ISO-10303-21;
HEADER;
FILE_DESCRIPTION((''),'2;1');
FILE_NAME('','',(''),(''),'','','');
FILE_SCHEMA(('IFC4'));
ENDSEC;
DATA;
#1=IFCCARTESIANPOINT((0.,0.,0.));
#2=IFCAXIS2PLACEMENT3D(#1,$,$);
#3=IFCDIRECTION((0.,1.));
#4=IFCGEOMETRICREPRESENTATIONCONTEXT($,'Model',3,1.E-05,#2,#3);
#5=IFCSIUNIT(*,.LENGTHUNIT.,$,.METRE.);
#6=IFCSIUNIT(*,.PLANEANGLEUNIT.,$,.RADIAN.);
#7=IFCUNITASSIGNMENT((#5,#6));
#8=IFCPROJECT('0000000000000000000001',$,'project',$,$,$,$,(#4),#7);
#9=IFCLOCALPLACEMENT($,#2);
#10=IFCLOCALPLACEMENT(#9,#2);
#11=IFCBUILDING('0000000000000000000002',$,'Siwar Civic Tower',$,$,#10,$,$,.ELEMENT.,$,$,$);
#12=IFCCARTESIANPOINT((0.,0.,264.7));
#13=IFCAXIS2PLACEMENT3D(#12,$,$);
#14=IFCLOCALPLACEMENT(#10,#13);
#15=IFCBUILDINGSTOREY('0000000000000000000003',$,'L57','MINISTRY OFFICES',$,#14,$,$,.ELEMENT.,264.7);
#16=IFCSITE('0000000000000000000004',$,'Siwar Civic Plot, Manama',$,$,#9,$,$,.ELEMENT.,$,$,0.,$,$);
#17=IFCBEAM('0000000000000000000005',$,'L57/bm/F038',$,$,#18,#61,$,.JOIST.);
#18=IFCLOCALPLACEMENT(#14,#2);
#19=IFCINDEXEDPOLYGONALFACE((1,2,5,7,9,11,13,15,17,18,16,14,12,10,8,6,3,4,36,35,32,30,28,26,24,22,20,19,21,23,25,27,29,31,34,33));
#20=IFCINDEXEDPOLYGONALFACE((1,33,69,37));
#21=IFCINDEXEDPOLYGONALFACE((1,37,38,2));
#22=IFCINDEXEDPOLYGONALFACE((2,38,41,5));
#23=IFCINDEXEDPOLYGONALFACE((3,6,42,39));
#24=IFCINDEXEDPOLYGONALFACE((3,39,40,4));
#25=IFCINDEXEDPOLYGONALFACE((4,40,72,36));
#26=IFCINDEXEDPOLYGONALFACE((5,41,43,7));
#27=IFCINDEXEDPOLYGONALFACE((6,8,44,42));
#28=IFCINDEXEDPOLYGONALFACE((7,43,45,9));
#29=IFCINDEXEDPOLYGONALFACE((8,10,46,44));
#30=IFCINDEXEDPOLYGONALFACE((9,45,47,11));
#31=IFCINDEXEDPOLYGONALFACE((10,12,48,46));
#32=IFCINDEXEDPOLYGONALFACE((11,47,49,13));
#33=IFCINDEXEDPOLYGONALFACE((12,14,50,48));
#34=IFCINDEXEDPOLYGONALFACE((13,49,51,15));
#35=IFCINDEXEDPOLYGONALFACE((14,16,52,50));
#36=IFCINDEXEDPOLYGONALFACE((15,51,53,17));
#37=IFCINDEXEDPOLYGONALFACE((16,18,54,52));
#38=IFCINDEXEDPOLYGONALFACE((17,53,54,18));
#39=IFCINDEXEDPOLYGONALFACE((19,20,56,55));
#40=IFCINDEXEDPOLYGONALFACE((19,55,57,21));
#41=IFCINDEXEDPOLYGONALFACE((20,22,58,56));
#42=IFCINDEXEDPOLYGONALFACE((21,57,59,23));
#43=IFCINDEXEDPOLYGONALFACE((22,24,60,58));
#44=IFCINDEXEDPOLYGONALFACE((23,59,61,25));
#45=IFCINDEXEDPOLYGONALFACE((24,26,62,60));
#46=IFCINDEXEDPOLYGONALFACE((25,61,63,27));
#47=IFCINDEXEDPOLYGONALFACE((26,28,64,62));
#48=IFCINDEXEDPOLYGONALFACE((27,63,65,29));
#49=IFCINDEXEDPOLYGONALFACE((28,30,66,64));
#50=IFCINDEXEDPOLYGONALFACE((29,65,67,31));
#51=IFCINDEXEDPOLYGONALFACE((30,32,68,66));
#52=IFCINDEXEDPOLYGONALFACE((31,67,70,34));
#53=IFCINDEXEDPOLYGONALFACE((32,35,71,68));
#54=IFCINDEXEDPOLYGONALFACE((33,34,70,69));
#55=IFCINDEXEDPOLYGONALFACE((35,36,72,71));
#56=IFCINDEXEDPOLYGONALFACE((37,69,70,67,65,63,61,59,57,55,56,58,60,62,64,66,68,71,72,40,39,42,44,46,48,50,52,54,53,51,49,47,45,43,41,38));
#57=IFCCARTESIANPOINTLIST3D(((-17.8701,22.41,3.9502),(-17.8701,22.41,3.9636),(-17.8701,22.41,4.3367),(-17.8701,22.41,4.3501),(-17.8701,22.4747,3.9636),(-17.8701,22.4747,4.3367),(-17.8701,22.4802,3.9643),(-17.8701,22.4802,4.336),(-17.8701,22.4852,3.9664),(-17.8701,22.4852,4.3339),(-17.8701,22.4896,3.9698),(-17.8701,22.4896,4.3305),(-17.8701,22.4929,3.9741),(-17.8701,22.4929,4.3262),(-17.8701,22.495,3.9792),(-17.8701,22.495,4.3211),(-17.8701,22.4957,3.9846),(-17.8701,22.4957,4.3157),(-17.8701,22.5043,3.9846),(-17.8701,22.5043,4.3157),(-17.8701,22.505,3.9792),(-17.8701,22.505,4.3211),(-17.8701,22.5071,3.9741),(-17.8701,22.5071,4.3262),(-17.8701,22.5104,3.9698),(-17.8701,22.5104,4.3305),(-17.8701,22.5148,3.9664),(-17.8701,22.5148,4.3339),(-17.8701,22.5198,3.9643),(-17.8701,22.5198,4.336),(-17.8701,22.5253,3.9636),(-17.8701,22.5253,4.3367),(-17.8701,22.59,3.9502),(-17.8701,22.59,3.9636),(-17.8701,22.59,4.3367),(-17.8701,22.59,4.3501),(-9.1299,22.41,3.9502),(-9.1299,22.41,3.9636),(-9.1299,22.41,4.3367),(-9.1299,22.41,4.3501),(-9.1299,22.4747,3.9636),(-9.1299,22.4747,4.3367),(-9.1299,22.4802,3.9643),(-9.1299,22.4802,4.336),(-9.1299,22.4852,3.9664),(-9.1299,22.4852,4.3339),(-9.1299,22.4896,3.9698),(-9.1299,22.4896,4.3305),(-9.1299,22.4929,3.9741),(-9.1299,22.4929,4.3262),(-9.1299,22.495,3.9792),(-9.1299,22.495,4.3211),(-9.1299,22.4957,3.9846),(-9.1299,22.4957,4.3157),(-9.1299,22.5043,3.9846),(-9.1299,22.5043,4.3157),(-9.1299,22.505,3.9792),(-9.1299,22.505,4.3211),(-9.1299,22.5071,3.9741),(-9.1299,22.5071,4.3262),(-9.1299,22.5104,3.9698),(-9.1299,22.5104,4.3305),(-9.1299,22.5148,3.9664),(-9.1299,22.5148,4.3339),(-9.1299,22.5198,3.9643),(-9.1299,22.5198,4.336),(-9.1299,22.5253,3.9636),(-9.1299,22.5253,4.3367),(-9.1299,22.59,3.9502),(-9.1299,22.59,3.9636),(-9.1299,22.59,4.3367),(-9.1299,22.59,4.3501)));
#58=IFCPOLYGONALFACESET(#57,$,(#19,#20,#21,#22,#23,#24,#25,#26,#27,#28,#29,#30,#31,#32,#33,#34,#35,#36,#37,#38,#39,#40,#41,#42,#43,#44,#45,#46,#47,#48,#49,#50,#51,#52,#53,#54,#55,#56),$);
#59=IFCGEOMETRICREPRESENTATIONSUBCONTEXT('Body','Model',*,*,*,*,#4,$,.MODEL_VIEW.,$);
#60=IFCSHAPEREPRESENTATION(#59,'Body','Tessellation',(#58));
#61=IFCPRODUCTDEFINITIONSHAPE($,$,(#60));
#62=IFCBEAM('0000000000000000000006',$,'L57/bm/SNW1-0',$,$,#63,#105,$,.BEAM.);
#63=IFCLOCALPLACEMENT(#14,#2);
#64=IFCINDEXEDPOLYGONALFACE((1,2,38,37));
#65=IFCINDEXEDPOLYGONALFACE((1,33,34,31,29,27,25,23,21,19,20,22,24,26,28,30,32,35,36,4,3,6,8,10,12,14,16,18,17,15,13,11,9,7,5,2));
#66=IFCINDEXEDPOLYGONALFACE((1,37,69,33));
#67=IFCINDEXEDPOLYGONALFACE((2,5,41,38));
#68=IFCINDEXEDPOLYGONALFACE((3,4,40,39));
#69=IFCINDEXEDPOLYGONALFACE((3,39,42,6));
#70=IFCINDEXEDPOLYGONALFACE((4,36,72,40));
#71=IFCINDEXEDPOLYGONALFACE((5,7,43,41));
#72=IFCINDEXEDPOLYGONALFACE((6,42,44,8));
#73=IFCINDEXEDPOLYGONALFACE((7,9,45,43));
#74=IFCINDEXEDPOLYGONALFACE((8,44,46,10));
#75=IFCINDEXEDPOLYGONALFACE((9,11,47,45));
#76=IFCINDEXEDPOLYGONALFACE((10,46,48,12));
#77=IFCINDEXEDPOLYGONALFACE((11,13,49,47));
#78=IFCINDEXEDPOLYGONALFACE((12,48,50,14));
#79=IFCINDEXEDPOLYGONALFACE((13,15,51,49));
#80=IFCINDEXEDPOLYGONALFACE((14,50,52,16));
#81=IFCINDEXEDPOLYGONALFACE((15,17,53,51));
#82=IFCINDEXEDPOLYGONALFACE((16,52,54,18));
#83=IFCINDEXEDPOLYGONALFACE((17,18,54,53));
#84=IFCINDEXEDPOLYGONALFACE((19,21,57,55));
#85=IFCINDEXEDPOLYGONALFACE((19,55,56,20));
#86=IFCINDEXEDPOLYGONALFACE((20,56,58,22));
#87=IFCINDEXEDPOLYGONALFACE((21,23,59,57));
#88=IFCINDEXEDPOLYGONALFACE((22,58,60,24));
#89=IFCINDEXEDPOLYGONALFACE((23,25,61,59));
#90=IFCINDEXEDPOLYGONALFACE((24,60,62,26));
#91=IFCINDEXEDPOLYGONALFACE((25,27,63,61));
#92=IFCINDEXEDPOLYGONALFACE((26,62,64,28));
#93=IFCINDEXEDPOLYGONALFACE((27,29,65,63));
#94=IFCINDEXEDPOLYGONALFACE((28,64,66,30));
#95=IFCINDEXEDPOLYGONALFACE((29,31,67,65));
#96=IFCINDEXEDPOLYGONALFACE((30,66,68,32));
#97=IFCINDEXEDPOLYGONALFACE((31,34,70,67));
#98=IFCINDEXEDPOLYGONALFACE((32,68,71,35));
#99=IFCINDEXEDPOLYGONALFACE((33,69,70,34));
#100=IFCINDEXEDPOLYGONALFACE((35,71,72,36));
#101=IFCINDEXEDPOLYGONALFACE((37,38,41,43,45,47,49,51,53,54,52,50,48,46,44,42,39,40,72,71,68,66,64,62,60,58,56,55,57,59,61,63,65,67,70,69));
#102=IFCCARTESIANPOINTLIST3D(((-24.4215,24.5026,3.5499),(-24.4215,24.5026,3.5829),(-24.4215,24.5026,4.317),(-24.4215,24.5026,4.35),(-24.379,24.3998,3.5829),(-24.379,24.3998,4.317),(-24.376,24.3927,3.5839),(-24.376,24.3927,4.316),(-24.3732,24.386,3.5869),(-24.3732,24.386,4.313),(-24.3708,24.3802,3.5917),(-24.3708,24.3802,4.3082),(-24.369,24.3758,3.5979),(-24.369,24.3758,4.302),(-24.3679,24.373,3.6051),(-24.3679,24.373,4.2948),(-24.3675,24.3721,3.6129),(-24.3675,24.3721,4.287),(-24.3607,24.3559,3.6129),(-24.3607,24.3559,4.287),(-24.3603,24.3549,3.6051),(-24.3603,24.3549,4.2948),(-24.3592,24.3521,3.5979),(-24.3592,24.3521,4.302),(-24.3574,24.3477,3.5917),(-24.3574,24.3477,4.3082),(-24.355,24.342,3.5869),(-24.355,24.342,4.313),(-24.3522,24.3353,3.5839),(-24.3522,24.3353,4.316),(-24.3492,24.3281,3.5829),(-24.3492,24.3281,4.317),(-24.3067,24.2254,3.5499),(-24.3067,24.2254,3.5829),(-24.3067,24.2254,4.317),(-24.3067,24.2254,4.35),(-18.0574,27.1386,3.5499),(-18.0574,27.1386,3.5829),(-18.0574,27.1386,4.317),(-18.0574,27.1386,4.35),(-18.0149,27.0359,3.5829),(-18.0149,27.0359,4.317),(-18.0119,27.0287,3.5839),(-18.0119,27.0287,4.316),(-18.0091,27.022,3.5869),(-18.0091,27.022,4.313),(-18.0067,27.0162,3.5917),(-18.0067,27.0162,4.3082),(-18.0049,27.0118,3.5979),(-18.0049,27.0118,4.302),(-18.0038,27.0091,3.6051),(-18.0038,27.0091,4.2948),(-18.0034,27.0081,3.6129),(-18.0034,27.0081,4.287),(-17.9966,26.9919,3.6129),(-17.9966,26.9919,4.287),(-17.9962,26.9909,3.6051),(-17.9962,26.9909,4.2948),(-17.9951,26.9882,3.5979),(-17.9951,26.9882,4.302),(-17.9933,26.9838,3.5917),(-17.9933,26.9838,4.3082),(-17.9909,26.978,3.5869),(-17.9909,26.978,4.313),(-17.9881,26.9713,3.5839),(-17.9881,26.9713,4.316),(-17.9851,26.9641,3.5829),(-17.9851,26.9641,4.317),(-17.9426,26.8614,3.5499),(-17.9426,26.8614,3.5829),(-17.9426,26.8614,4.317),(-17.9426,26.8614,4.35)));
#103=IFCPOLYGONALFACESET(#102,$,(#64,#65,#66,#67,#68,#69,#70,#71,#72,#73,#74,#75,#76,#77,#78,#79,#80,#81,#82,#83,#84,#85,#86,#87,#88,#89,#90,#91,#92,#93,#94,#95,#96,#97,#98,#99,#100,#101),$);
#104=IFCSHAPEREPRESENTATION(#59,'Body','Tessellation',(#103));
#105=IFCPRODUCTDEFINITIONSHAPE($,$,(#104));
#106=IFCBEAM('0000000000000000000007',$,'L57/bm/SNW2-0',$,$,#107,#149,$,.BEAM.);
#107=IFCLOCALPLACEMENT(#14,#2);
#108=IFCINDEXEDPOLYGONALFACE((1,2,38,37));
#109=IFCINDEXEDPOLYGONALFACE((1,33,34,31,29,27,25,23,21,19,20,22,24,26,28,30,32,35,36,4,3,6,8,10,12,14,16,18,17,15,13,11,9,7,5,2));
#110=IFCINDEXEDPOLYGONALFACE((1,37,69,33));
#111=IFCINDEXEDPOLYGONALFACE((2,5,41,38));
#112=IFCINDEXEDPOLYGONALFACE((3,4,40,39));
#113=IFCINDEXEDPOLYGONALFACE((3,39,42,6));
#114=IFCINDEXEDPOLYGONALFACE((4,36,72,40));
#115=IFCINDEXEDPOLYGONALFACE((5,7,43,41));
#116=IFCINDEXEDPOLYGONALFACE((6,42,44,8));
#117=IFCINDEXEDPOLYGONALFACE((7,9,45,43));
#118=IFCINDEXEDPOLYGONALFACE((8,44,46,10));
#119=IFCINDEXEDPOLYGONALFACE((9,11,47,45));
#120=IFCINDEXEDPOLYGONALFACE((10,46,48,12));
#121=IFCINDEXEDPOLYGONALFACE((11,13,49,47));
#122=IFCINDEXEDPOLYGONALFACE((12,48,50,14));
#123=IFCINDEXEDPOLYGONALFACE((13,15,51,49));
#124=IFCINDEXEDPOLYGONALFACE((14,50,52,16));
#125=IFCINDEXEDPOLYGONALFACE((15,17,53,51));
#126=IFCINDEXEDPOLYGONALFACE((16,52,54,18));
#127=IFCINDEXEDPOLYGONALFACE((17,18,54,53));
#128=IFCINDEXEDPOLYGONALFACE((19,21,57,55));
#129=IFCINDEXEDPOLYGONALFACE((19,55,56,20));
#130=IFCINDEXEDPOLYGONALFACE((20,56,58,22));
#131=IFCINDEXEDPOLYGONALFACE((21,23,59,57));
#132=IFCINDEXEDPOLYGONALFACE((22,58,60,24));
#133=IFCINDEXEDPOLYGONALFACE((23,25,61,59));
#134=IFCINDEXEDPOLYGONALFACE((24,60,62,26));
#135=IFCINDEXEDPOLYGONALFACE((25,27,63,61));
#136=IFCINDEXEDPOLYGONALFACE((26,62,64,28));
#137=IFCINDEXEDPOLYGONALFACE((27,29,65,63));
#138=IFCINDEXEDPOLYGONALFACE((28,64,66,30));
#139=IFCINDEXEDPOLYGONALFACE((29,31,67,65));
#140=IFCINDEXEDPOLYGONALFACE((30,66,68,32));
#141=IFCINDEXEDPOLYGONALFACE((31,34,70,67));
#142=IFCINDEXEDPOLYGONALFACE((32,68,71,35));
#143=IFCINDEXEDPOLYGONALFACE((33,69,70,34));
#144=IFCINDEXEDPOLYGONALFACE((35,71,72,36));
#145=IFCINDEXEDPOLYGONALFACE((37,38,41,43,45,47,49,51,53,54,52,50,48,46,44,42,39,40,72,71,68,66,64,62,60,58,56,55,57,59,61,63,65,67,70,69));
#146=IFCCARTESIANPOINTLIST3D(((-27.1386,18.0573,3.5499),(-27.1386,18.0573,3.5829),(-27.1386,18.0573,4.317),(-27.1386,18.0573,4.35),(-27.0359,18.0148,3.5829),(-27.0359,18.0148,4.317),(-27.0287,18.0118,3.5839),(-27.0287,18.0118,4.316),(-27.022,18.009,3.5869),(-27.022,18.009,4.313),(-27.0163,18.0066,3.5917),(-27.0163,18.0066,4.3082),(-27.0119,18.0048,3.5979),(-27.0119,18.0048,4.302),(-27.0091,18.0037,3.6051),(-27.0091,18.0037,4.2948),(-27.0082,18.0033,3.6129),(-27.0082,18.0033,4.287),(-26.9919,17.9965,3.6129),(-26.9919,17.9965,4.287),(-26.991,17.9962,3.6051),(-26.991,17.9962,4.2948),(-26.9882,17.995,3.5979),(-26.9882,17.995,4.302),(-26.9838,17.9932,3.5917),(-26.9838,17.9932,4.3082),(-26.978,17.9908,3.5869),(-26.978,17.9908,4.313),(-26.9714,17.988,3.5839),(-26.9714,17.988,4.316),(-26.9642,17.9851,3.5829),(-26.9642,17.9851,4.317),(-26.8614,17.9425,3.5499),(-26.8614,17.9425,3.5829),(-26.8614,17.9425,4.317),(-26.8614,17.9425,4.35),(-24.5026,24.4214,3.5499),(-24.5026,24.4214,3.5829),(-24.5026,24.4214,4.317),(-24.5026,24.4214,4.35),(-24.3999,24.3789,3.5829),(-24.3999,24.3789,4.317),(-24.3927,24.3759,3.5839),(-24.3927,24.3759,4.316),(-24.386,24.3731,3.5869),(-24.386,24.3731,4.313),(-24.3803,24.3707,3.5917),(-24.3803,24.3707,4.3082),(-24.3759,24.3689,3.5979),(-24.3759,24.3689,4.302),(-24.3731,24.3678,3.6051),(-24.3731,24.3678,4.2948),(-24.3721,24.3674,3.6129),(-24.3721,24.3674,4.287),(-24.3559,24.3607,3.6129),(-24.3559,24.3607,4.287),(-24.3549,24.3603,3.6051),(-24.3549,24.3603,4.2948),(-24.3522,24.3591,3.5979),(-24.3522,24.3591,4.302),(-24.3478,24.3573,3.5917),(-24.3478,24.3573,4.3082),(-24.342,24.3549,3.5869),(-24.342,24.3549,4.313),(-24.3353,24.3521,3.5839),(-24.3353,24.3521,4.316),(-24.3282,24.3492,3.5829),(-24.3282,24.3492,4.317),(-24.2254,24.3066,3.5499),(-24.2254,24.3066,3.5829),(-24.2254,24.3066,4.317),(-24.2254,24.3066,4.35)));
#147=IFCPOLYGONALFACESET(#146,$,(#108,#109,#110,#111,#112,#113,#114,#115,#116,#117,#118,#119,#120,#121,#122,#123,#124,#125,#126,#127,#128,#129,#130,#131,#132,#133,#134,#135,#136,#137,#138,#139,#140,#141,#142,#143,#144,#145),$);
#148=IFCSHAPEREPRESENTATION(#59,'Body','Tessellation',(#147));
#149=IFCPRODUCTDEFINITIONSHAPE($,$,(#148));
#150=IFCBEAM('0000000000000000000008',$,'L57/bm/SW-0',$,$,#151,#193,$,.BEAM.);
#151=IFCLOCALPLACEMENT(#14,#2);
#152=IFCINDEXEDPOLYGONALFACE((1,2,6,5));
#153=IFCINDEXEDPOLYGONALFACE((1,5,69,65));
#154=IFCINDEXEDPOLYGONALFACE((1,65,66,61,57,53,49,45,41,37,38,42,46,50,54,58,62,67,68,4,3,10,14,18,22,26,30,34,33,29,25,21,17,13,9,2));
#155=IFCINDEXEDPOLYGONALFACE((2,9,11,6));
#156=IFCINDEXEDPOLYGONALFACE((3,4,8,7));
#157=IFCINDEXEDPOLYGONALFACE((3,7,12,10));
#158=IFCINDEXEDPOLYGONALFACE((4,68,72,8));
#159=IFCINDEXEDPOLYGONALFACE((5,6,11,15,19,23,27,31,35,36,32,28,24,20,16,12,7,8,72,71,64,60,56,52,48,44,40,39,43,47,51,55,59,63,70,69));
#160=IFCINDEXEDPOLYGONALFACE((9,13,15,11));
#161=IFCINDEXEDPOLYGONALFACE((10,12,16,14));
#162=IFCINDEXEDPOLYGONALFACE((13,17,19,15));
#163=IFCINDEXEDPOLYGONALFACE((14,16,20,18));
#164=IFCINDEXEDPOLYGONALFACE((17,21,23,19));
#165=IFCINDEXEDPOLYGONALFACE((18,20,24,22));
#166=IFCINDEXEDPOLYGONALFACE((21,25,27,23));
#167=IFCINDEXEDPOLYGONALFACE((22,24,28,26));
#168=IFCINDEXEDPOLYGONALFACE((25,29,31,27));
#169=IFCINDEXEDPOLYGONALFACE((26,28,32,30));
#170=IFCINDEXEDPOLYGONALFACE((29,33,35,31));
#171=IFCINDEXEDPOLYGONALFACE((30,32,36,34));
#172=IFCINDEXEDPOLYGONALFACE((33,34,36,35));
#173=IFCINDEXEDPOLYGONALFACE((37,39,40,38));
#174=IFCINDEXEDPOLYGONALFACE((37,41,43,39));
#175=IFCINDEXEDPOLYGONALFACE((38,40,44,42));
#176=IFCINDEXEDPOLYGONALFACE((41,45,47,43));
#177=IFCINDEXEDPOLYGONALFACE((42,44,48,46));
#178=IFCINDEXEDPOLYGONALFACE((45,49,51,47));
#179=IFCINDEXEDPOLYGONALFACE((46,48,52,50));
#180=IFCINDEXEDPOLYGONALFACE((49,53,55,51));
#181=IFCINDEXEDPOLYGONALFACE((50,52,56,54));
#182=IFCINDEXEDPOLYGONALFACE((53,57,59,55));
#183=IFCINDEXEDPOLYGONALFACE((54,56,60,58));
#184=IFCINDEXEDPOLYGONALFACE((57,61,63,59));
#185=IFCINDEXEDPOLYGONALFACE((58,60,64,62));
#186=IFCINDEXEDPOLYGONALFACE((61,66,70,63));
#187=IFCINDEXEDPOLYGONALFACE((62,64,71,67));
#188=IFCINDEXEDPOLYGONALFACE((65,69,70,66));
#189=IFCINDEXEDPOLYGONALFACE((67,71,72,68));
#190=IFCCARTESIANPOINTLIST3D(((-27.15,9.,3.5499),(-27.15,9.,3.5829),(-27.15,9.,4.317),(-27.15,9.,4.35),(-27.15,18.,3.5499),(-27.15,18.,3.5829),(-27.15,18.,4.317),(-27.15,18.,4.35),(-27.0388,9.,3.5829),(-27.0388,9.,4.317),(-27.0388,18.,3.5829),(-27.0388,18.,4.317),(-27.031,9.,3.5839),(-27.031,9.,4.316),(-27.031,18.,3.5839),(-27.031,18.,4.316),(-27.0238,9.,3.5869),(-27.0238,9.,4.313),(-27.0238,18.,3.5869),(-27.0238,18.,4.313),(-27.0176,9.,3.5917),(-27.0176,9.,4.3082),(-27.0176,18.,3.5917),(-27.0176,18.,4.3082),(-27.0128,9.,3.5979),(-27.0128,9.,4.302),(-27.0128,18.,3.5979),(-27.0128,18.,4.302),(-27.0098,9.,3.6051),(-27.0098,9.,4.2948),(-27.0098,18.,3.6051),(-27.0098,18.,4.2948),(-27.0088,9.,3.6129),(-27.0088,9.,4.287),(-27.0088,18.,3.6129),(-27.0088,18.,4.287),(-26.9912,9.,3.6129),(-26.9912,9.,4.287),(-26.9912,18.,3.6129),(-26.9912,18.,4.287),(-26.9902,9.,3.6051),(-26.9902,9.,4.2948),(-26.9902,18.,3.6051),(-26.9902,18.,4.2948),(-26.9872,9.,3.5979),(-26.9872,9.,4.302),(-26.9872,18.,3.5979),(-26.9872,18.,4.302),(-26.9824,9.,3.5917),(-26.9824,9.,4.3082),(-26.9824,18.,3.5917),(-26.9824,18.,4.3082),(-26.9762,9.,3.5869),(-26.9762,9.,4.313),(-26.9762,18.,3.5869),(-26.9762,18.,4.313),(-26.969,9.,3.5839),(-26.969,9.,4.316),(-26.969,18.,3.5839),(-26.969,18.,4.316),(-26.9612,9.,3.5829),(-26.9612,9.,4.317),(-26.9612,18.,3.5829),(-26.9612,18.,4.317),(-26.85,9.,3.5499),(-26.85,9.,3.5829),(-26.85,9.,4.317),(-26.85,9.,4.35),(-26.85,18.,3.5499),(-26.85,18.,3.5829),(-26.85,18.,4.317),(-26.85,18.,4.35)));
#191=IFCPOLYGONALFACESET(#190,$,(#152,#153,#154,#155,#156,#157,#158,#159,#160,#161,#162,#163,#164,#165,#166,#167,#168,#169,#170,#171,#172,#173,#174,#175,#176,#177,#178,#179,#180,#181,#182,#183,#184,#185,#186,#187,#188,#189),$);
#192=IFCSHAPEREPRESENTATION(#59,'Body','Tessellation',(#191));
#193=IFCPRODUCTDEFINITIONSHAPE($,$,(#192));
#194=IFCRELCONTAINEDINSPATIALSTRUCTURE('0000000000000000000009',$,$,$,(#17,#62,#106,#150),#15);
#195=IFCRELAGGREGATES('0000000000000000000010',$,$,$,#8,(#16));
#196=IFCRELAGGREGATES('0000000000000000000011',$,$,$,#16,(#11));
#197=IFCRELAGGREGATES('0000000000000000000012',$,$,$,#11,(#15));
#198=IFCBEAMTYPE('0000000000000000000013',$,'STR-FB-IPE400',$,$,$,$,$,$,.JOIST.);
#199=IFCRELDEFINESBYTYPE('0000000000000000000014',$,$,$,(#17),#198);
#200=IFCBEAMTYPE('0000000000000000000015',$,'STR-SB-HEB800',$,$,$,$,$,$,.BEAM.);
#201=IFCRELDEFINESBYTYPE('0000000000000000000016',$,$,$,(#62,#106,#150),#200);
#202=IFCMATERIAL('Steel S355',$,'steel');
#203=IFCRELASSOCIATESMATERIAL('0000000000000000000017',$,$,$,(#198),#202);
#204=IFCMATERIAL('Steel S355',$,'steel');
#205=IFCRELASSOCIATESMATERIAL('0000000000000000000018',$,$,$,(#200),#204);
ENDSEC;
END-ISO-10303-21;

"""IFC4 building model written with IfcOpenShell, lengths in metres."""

from ifc_helpers import new_model, si_unit, direction, frame, origin, origin_2d, place, context, subcontext, project, spatial, i_section, extrude, material, material_profile, profile_set, type_object, element, save


model = new_model("IFC4")

# Units and contexts
model_context = context("Model", 3, precision=1e-05, world=origin(), true_north=direction((0.0, 1.0)))
body_context = subcontext(model_context, "Body", "Model", "MODEL_VIEW")
ifc_project = project(units=[si_unit("LENGTHUNIT", "METRE"), si_unit("PLANEANGLEUNIT", "RADIAN")], contexts=[model_context])

# Site, building, storey
site_placement = place(None, origin())
site = spatial("IfcSite", under=ifc_project, at=site_placement, Name="Siwar Civic Plot, Manama", CompositionType="ELEMENT", RefElevation=0.0)
building_placement = place(site_placement, origin())
building = spatial("IfcBuilding", under=site, at=building_placement, Name="Siwar Civic Tower", CompositionType="ELEMENT")
storey_placement = place(building_placement, frame((0.0, 0.0, 264.7)))
storey = spatial("IfcBuildingStorey", under=building, at=storey_placement, Name="L57", Description="MINISTRY OFFICES", CompositionType="ELEMENT", Elevation=264.7)

# Beams
ifc_material_1 = material(Name="Steel S355", Category="steel")
ifc_material_profile_1 = material_profile(ifc_material_1, i_section(OverallWidth=0.1799, OverallDepth=0.3999, WebThickness=0.0085, FlangeThickness=0.0134, FilletRadius=0.021, at=origin_2d()), Name="IPE400")
ifc_profile_set_1 = profile_set([ifc_material_profile_1], Name="Steel S355")
beam_type_1 = type_object("IfcBeamType", Name="STR-FB-IPE400", PredefinedType="JOIST", material=ifc_profile_set_1)
beam_1_placement = place(storey_placement, frame((-17.8701, 22.5, 4.1501), z_axis=(1.0, 0.0, 0.0), x_axis=(0.0, 1.0, 0.0)))
element("IfcBeam", 1, at=beam_1_placement, inside=storey, type_object=beam_type_1, Name="L57/bm/F038", PredefinedType="JOIST", context=body_context, shape_type="SweptSolid", body=[
    extrude(i_section(OverallWidth=0.1799, OverallDepth=0.3999, WebThickness=0.0085, FlangeThickness=0.0134, FilletRadius=0.021, at=origin_2d()), origin(), (0.0, 0.0, 1.0), 8.7402),
])
ifc_material_2 = material(Name="Steel S355", Category="steel")
ifc_material_profile_2 = material_profile(ifc_material_2, i_section(OverallWidth=0.3, OverallDepth=0.8, WebThickness=0.0176, FlangeThickness=0.033, FilletRadius=0.03, at=origin_2d()), Name="HEB800")
ifc_profile_set_2 = profile_set([ifc_material_profile_2], Name="Steel S355")
beam_type_2 = type_object("IfcBeamType", Name="STR-SB-HEB800", PredefinedType="BEAM", material=ifc_profile_set_2)
for number, where, z_axis, x_axis, name in (
    (2, (-18.0, 27.0, 3.95), (-0.923883, -0.382674, 0.0), (0.382674, -0.923883, 0.0), "L57/bm/SNW1-0"),
    (3, (-24.364, 24.364, 3.95), (-0.382674, -0.923883, 0.0), (0.923883, -0.382674, 0.0), "L57/bm/SNW2-0"),
):
    element("IfcBeam", number, at=place(storey_placement, frame(where, z_axis=z_axis, x_axis=x_axis)), inside=storey, type_object=beam_type_2, Name=name, PredefinedType="BEAM", context=body_context, shape_type="SweptSolid", body=[
        extrude(i_section(OverallWidth=0.3, OverallDepth=0.8, WebThickness=0.0176, FlangeThickness=0.033, FilletRadius=0.03, at=origin_2d()), origin(), (0.0, 0.0, 1.0), 6.8884),
    ])
beam_2_placement = place(storey_placement, frame((-27.0, 18.0, 3.95), z_axis=(0.0, -1.0, 0.0), x_axis=(1.0, 0.0, 0.0)))
element("IfcBeam", 4, at=beam_2_placement, inside=storey, type_object=beam_type_2, Name="L57/bm/SW-0", PredefinedType="BEAM", context=body_context, shape_type="SweptSolid", body=[
    extrude(i_section(OverallWidth=0.3, OverallDepth=0.8, WebThickness=0.0176, FlangeThickness=0.033, FilletRadius=0.03, at=origin_2d()), origin(), (0.0, 0.0, 1.0), 9.0),
])

save(model, "model.ifc")
